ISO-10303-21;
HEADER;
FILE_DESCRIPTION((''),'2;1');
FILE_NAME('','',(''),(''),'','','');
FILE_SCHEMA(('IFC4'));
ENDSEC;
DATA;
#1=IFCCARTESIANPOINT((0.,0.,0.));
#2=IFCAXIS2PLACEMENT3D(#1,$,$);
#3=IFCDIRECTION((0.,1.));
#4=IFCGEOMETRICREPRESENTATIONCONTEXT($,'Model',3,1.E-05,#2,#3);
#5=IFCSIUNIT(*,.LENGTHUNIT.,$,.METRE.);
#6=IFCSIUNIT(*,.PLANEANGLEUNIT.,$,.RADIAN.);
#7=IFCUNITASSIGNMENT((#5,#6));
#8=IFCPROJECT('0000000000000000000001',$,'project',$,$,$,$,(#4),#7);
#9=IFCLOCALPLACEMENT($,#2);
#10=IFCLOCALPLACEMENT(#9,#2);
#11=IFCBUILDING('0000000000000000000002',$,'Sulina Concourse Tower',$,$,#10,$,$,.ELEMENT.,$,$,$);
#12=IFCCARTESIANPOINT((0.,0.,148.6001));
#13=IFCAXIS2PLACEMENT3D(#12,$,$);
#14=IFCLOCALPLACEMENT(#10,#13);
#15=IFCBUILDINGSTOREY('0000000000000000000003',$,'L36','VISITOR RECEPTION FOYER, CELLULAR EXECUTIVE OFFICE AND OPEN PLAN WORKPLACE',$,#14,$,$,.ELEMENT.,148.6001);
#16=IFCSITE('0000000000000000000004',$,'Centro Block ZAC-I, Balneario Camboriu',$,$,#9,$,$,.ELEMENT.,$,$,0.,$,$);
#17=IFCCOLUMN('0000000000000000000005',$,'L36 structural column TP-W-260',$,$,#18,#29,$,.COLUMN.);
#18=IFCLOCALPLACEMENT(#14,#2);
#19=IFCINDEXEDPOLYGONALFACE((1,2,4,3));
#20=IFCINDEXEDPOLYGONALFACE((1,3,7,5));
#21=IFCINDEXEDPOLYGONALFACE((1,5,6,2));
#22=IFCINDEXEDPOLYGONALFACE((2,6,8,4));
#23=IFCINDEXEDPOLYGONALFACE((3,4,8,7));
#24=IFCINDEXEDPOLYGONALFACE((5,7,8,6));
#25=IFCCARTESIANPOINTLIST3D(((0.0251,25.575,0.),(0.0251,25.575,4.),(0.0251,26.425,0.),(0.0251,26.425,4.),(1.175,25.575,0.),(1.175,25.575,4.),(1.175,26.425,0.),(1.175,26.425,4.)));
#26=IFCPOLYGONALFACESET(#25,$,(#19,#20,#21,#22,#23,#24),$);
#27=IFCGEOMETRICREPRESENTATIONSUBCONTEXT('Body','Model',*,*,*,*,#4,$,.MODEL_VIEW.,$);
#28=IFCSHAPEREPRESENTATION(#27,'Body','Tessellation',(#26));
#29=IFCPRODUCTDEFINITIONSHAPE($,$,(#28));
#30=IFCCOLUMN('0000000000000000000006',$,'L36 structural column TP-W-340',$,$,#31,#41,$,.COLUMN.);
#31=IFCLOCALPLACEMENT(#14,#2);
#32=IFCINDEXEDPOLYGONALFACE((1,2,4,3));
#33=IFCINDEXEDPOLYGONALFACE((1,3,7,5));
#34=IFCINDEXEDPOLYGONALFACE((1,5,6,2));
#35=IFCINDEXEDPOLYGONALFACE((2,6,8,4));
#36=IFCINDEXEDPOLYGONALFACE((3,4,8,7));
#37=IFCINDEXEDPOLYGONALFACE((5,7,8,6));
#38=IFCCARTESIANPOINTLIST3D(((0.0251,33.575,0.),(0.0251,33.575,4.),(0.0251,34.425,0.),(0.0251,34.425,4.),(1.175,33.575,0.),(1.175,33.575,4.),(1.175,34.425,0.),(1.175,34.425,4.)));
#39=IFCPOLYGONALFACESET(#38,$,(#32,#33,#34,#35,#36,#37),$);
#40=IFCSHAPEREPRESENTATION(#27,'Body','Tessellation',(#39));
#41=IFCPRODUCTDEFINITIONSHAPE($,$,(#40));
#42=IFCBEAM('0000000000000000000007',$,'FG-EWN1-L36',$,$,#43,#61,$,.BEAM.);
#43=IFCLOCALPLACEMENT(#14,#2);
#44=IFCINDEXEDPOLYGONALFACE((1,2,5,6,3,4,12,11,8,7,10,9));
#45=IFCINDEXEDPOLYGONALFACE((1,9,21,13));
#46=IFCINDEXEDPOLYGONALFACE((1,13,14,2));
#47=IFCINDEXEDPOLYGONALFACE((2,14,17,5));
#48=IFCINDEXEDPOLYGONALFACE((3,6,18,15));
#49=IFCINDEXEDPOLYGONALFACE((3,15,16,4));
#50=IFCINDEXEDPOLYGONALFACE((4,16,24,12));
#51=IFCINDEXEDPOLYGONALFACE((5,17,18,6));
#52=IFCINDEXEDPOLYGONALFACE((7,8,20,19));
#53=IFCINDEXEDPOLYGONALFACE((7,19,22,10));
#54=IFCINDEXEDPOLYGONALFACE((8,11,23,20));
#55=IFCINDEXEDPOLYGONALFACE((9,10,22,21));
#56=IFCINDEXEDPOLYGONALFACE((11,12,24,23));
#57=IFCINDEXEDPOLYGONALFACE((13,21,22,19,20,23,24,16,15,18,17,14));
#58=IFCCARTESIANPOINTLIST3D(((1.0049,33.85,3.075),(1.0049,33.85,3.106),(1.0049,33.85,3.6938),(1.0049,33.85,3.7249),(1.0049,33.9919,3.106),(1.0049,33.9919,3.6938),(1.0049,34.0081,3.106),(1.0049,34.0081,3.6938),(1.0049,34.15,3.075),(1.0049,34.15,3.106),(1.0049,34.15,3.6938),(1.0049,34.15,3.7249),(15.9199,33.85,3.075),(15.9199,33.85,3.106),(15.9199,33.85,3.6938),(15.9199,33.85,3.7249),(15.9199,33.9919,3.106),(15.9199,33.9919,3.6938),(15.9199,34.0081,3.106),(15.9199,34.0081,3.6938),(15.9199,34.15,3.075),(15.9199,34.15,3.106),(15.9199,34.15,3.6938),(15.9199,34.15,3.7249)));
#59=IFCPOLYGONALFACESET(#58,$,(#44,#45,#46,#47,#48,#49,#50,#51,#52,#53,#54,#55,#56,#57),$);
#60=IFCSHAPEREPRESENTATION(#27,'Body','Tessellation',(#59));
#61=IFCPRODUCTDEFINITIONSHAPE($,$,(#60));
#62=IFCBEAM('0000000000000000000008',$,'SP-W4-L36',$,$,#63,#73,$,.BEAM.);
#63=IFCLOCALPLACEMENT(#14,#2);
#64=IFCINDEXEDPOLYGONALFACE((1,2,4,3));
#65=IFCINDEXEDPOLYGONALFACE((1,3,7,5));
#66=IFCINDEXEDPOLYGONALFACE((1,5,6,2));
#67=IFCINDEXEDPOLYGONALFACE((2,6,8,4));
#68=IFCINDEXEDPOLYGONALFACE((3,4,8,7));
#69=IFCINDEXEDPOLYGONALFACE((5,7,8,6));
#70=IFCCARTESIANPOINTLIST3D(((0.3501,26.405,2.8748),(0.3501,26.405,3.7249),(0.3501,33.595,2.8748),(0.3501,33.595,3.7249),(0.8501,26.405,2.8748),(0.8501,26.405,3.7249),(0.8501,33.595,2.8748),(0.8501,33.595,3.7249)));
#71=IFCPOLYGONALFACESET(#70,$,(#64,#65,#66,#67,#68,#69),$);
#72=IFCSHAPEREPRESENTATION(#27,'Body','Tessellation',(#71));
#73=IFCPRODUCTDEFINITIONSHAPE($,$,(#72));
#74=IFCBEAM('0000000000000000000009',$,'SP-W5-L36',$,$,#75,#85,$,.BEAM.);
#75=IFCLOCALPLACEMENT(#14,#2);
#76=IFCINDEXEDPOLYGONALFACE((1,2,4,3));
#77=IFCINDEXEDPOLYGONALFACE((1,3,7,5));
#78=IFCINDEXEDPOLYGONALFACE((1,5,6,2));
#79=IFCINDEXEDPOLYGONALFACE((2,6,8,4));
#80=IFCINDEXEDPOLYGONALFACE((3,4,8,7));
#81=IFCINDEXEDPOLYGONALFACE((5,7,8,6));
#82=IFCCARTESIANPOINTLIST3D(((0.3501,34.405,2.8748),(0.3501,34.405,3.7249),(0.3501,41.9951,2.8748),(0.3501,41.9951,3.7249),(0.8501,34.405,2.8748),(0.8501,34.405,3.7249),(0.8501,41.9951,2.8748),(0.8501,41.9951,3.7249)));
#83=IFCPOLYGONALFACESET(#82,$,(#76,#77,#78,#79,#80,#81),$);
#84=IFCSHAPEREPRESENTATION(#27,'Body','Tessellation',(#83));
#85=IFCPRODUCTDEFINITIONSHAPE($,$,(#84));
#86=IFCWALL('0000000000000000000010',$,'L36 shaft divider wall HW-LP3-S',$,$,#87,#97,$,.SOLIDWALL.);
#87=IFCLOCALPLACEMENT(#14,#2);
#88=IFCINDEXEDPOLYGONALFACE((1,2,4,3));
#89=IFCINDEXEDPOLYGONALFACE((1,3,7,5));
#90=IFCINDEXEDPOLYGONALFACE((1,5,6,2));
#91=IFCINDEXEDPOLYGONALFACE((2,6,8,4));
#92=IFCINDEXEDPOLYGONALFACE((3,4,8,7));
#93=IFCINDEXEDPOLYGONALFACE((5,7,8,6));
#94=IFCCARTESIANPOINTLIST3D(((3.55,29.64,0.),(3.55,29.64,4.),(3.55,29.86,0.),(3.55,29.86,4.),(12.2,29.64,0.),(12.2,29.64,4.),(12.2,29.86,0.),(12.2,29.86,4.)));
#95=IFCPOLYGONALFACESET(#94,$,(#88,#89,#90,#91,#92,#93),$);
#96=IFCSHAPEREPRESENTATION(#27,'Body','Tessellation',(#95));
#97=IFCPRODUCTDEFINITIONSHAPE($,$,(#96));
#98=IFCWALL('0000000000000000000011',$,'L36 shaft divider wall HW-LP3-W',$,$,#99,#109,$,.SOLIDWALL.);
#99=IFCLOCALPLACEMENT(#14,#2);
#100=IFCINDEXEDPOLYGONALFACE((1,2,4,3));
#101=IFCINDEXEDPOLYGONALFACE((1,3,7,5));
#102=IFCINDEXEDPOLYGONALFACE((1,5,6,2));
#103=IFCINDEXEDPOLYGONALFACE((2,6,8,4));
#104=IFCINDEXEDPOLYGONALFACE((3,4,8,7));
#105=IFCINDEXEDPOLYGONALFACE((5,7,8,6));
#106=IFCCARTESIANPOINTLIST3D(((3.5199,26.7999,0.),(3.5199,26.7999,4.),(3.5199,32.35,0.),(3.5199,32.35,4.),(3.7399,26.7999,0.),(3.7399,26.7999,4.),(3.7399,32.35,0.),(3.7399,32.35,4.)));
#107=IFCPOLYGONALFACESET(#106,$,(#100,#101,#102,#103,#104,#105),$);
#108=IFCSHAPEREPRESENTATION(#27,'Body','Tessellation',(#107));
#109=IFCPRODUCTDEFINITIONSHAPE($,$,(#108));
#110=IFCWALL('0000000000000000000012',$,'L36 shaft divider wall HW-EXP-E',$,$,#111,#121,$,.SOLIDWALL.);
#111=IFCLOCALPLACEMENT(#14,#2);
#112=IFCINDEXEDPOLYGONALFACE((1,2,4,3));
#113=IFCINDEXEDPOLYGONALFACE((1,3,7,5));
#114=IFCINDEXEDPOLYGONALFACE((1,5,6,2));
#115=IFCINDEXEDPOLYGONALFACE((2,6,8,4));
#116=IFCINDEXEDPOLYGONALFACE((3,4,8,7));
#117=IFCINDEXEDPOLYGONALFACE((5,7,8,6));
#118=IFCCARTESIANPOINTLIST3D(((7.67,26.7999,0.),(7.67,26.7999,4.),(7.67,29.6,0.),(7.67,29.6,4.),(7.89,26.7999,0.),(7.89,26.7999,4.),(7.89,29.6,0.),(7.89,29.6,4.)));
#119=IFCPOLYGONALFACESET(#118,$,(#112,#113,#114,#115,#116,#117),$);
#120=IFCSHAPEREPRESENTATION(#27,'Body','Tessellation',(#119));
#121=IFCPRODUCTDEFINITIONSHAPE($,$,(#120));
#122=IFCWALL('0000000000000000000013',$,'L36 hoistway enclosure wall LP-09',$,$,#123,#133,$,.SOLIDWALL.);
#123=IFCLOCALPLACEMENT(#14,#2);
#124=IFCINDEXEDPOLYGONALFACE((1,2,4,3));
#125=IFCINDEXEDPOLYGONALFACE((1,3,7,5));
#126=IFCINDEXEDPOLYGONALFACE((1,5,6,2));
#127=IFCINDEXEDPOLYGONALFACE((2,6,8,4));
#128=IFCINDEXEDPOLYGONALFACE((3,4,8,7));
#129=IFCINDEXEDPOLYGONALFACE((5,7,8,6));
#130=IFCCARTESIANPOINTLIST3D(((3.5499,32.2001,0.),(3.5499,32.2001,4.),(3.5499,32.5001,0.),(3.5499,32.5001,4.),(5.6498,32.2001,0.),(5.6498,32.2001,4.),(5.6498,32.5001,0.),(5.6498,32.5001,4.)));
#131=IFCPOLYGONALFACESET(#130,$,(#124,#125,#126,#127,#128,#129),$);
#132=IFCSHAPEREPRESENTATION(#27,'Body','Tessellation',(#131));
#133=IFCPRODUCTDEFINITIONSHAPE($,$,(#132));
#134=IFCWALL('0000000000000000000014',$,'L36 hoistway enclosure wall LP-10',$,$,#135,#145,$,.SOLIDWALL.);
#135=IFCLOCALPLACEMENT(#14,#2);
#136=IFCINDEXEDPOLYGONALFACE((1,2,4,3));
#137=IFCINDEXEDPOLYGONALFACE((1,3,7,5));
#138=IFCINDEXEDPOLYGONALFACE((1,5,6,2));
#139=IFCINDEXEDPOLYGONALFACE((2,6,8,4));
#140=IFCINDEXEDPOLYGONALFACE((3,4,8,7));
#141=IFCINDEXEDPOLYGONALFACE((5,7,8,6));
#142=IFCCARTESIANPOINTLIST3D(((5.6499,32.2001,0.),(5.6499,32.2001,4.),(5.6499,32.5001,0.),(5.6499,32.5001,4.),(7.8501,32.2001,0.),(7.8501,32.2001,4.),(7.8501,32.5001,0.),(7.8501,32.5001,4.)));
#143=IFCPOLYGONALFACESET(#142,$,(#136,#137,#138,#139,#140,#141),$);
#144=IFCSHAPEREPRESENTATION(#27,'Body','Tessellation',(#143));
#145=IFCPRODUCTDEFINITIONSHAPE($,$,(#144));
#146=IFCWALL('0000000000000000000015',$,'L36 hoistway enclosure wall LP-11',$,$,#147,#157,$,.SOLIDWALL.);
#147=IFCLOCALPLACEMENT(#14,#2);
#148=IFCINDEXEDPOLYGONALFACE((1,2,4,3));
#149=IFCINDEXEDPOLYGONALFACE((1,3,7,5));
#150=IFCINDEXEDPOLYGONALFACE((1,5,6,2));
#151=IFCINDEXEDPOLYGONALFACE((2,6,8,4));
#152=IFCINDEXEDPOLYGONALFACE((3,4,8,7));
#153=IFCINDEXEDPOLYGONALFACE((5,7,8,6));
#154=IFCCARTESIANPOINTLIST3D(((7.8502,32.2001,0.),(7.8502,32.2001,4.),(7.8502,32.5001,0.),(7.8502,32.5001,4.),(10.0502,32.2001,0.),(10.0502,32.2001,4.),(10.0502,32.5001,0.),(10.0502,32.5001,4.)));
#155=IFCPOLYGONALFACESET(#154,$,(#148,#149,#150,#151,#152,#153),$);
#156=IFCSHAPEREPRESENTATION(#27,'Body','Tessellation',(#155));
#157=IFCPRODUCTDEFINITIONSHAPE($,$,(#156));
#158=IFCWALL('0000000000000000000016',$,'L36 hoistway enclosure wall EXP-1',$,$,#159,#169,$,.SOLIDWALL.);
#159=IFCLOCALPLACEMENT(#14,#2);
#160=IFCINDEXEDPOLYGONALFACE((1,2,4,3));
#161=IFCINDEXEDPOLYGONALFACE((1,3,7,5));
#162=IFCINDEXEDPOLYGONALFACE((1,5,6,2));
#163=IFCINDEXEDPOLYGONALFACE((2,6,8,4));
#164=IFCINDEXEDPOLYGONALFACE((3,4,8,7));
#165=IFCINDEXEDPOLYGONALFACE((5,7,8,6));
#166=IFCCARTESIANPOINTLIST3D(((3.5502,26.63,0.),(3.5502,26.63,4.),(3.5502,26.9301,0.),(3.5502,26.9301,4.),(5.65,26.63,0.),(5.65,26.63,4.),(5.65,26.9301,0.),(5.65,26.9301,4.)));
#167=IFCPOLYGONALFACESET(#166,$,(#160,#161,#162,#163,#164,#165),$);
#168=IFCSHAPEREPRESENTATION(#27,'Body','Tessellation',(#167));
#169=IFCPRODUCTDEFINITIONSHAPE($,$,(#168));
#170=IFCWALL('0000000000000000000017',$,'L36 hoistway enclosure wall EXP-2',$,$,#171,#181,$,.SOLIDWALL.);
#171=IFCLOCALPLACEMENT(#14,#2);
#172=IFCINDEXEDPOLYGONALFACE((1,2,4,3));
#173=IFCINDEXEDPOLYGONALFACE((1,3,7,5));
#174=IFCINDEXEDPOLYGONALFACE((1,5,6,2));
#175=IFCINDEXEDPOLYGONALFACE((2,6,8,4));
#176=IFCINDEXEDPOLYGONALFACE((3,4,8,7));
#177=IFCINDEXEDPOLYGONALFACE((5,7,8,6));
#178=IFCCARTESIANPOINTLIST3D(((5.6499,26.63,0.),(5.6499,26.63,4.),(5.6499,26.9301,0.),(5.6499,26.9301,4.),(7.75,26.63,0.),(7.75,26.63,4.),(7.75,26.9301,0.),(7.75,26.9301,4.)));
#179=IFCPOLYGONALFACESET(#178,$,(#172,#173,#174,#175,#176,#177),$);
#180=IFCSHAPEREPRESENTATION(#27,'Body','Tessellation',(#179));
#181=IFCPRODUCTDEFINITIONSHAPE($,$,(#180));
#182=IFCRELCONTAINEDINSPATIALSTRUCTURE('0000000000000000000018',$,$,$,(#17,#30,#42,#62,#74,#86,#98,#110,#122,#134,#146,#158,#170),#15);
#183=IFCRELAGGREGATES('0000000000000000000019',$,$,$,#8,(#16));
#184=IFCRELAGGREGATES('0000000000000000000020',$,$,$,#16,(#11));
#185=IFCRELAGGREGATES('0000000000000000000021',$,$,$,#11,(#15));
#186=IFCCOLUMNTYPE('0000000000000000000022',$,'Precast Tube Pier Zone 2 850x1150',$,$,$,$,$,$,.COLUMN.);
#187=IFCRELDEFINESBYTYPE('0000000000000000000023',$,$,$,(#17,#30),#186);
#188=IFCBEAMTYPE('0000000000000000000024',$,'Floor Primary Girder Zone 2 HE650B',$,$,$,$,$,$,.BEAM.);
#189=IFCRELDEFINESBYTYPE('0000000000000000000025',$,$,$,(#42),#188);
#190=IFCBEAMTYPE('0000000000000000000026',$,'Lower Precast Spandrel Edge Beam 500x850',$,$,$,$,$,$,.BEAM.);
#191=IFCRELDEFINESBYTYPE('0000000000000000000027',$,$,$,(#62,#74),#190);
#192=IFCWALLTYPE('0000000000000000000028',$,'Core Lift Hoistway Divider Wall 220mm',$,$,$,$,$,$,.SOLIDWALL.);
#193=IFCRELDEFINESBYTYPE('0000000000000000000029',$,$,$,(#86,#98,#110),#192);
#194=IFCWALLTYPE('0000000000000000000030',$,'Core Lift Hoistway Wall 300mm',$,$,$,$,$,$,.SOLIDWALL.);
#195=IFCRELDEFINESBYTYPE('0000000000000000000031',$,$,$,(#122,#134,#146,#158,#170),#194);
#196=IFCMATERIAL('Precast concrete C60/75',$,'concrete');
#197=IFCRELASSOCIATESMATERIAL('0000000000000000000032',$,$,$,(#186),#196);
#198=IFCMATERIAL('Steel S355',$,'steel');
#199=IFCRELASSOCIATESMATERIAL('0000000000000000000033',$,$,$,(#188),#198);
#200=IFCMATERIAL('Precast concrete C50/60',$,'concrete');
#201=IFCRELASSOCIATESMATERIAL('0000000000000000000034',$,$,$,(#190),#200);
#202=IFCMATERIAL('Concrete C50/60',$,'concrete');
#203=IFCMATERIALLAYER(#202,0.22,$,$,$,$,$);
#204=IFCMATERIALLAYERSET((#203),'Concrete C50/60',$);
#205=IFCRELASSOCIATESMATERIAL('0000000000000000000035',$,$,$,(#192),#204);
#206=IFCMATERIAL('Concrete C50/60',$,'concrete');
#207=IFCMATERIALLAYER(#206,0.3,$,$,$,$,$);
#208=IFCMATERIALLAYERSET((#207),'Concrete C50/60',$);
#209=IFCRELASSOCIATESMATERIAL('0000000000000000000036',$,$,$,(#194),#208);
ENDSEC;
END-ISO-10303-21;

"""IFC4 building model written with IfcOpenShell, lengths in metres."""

from ifc_helpers import new_model, si_unit, direction, frame, frame_2d, origin, origin_2d, place, context, subcontext, project, spatial, rectangle, i_section, extrude, material, layer, layer_set, material_profile, profile_set, type_object, element, save


model = new_model("IFC4")

# Units and contexts
model_context = context("Model", 3, precision=1e-05, world=origin(), true_north=direction((0.0, 1.0)))
body_context = subcontext(model_context, "Body", "Model", "MODEL_VIEW")
ifc_project = project(units=[si_unit("LENGTHUNIT", "METRE"), si_unit("PLANEANGLEUNIT", "RADIAN")], contexts=[model_context])

# Site, building, storey
site_placement = place(None, origin())
site = spatial("IfcSite", under=ifc_project, at=site_placement, Name="Centro Block ZAC-I, Balneario Camboriu", CompositionType="ELEMENT", RefElevation=0.0)
building_placement = place(site_placement, origin())
building = spatial("IfcBuilding", under=site, at=building_placement, Name="Sulina Concourse Tower", CompositionType="ELEMENT")
storey_placement = place(building_placement, frame((0.0, 0.0, 148.6001)))
storey = spatial("IfcBuildingStorey", under=building, at=storey_placement, Name="L36", Description="VISITOR RECEPTION FOYER, CELLULAR EXECUTIVE OFFICE AND OPEN PLAN WORKPLACE", CompositionType="ELEMENT", Elevation=148.6001)

# Columns
ifc_material_1 = material(Name="Precast concrete C60/75", Category="concrete")
ifc_material_profile_1 = material_profile(ifc_material_1, rectangle(XDim=0.8501, YDim=1.1499, at=origin_2d()), Name="PC 850x1150")
ifc_profile_set_1 = profile_set([ifc_material_profile_1], Name="Precast concrete C60/75")
column_type = type_object("IfcColumnType", Name="Precast Tube Pier Zone 2 850x1150", PredefinedType="COLUMN", material=ifc_profile_set_1)
for number, where, z_axis, x_axis, name in (
    (1, (0.6001, 26.0, 0.0), (0.0, 0.0, 1.0), (0.0, 1.0, 0.0), "L36 structural column TP-W-260"),
    (2, (0.6001, 34.0, 0.0), (0.0, 0.0, 1.0), (0.0, 1.0, 0.0), "L36 structural column TP-W-340"),
):
    element("IfcColumn", number, at=place(storey_placement, frame(where, z_axis=z_axis, x_axis=x_axis)), inside=storey, type_object=column_type, Name=name, PredefinedType="COLUMN", context=body_context, shape_type="SweptSolid", body=[
        extrude(rectangle(XDim=0.8501, YDim=1.1499, at=origin_2d()), origin(), (0.0, 0.0, 1.0), 4.0),
    ])

# Beams
ifc_material_2 = material(Name="Steel S355", Category="steel")
ifc_material_profile_2 = material_profile(ifc_material_2, i_section(OverallWidth=0.3, OverallDepth=0.6499, WebThickness=0.0161, FlangeThickness=0.031, at=origin_2d()), Name="HE 650 B")
ifc_profile_set_2 = profile_set([ifc_material_profile_2], Name="Steel S355")
beam_type_1 = type_object("IfcBeamType", Name="Floor Primary Girder Zone 2 HE650B", PredefinedType="BEAM", material=ifc_profile_set_2)
beam_1_placement = place(storey_placement, frame((1.0049, 34.0, 3.3999), z_axis=(1.0, 0.0, 0.0), x_axis=(0.0, 1.0, 0.0)))
element("IfcBeam", 3, at=beam_1_placement, inside=storey, type_object=beam_type_1, Name="FG-EWN1-L36", PredefinedType="BEAM", context=body_context, shape_type="SweptSolid", body=[
    extrude(i_section(OverallWidth=0.3, OverallDepth=0.6499, WebThickness=0.0161, FlangeThickness=0.031, at=origin_2d()), origin(), (0.0, 0.0, 1.0), 14.915),
])
ifc_material_3 = material(Name="Precast concrete C50/60", Category="concrete")
ifc_material_profile_3 = material_profile(ifc_material_3, rectangle(XDim=0.5, YDim=0.8501, at=origin_2d()), Name="RC 500x850")
ifc_profile_set_3 = profile_set([ifc_material_profile_3], Name="Precast concrete C50/60")
beam_type_2 = type_object("IfcBeamType", Name="Lower Precast Spandrel Edge Beam 500x850", PredefinedType="BEAM", material=ifc_profile_set_3)
beam_2_placement = place(storey_placement, frame((0.6001, 26.405, 3.2998), z_axis=(0.0, 1.0, 0.0), x_axis=(-1.0, 0.0, 0.0)))
element("IfcBeam", 4, at=beam_2_placement, inside=storey, type_object=beam_type_2, Name="SP-W4-L36", PredefinedType="BEAM", context=body_context, shape_type="SweptSolid", body=[
    extrude(rectangle(XDim=0.5, YDim=0.8501, at=origin_2d()), origin(), (0.0, 0.0, 1.0), 7.1899),
])
beam_3_placement = place(storey_placement, frame((0.6001, 34.405, 3.2998), z_axis=(0.0, 1.0, 0.0), x_axis=(-1.0, 0.0, 0.0)))
element("IfcBeam", 5, at=beam_3_placement, inside=storey, type_object=beam_type_2, Name="SP-W5-L36", PredefinedType="BEAM", context=body_context, shape_type="SweptSolid", body=[
    extrude(rectangle(XDim=0.5, YDim=0.8501, at=origin_2d()), origin(), (0.0, 0.0, 1.0), 7.5901),
])

# Walls
ifc_material_4 = material(Name="Concrete C50/60", Category="concrete")
ifc_layer_1 = layer(ifc_material_4, 0.22)
ifc_layer_set_1 = layer_set([ifc_layer_1], Name="Concrete C50/60")
wall_type_1 = type_object("IfcWallType", Name="Core Lift Hoistway Divider Wall 220mm", PredefinedType="SOLIDWALL", material=ifc_layer_set_1)
wall_1_placement = place(storey_placement, frame((3.55, 29.75, 0.0), z_axis=(0.0, 0.0, 1.0), x_axis=(1.0, 0.0, 0.0)))
element("IfcWall", 6, at=wall_1_placement, inside=storey, type_object=wall_type_1, Name="L36 shaft divider wall HW-LP3-S", PredefinedType="SOLIDWALL", context=body_context, shape_type="SweptSolid", body=[
    extrude(rectangle(XDim=8.6499, YDim=0.22, at=frame_2d((4.325, 0.0))), origin(), (0.0, 0.0, 1.0), 4.0),
])
wall_2_placement = place(storey_placement, frame((3.6299, 26.8, 0.0), z_axis=(0.0, 0.0, 1.0), x_axis=(0.0, 1.0, 0.0)))
element("IfcWall", 7, at=wall_2_placement, inside=storey, type_object=wall_type_1, Name="L36 shaft divider wall HW-LP3-W", PredefinedType="SOLIDWALL", context=body_context, shape_type="SweptSolid", body=[
    extrude(rectangle(XDim=5.55, YDim=0.22, at=frame_2d((2.7749, 0.0))), origin(), (0.0, 0.0, 1.0), 4.0),
])
wall_3_placement = place(storey_placement, frame((7.78, 26.8, 0.0), z_axis=(0.0, 0.0, 1.0), x_axis=(0.0, 1.0, 0.0)))
element("IfcWall", 8, at=wall_3_placement, inside=storey, type_object=wall_type_1, Name="L36 shaft divider wall HW-EXP-E", PredefinedType="SOLIDWALL", context=body_context, shape_type="SweptSolid", body=[
    extrude(rectangle(XDim=2.8, YDim=0.22, at=frame_2d((1.3999, 0.0))), origin(), (0.0, 0.0, 1.0), 4.0),
])
ifc_material_5 = material(Name="Concrete C50/60", Category="concrete")
ifc_layer_2 = layer(ifc_material_5, 0.3)
ifc_layer_set_2 = layer_set([ifc_layer_2], Name="Concrete C50/60")
wall_type_2 = type_object("IfcWallType", Name="Core Lift Hoistway Wall 300mm", PredefinedType="SOLIDWALL", material=ifc_layer_set_2)
wall_4_placement = place(storey_placement, frame((3.55, 32.3501, 0.0), z_axis=(0.0, 0.0, 1.0), x_axis=(1.0, 0.0, 0.0)))
element("IfcWall", 9, at=wall_4_placement, inside=storey, type_object=wall_type_2, Name="L36 hoistway enclosure wall LP-09", PredefinedType="SOLIDWALL", context=body_context, shape_type="SweptSolid", body=[
    extrude(rectangle(XDim=2.0999, YDim=0.3, at=frame_2d((1.0498, 0.0))), origin(), (0.0, 0.0, 1.0), 4.0),
])
wall_5_placement = place(storey_placement, frame((5.6499, 32.3501, 0.0), z_axis=(0.0, 0.0, 1.0), x_axis=(1.0, 0.0, 0.0)))
element("IfcWall", 10, at=wall_5_placement, inside=storey, type_object=wall_type_2, Name="L36 hoistway enclosure wall LP-10", PredefinedType="SOLIDWALL", context=body_context, shape_type="SweptSolid", body=[
    extrude(rectangle(XDim=2.2002, YDim=0.3, at=frame_2d((1.1001, 0.0))), origin(), (0.0, 0.0, 1.0), 4.0),
])
wall_6_placement = place(storey_placement, frame((7.8501, 32.3501, 0.0), z_axis=(0.0, 0.0, 1.0), x_axis=(1.0, 0.0, 0.0)))
element("IfcWall", 11, at=wall_6_placement, inside=storey, type_object=wall_type_2, Name="L36 hoistway enclosure wall LP-11", PredefinedType="SOLIDWALL", context=body_context, shape_type="SweptSolid", body=[
    extrude(rectangle(XDim=2.2, YDim=0.3, at=frame_2d((1.1001, 0.0))), origin(), (0.0, 0.0, 1.0), 4.0),
])
wall_7_placement = place(storey_placement, frame((5.6499, 26.78, 0.0), z_axis=(0.0, 0.0, 1.0), x_axis=(-1.0, 0.0, 0.0)))
element("IfcWall", 12, at=wall_7_placement, inside=storey, type_object=wall_type_2, Name="L36 hoistway enclosure wall EXP-1", PredefinedType="SOLIDWALL", context=body_context, shape_type="SweptSolid", body=[
    extrude(rectangle(XDim=2.0999, YDim=0.3, at=frame_2d((1.0498, 0.0))), origin(), (0.0, 0.0, 1.0), 4.0),
])
wall_8_placement = place(storey_placement, frame((7.75, 26.78, 0.0), z_axis=(0.0, 0.0, 1.0), x_axis=(-1.0, 0.0, 0.0)))
element("IfcWall", 13, at=wall_8_placement, inside=storey, type_object=wall_type_2, Name="L36 hoistway enclosure wall EXP-2", PredefinedType="SOLIDWALL", context=body_context, shape_type="SweptSolid", body=[
    extrude(rectangle(XDim=2.1001, YDim=0.3, at=frame_2d((1.05, 0.0))), origin(), (0.0, 0.0, 1.0), 4.0),
])

save(model, "model.ifc")
